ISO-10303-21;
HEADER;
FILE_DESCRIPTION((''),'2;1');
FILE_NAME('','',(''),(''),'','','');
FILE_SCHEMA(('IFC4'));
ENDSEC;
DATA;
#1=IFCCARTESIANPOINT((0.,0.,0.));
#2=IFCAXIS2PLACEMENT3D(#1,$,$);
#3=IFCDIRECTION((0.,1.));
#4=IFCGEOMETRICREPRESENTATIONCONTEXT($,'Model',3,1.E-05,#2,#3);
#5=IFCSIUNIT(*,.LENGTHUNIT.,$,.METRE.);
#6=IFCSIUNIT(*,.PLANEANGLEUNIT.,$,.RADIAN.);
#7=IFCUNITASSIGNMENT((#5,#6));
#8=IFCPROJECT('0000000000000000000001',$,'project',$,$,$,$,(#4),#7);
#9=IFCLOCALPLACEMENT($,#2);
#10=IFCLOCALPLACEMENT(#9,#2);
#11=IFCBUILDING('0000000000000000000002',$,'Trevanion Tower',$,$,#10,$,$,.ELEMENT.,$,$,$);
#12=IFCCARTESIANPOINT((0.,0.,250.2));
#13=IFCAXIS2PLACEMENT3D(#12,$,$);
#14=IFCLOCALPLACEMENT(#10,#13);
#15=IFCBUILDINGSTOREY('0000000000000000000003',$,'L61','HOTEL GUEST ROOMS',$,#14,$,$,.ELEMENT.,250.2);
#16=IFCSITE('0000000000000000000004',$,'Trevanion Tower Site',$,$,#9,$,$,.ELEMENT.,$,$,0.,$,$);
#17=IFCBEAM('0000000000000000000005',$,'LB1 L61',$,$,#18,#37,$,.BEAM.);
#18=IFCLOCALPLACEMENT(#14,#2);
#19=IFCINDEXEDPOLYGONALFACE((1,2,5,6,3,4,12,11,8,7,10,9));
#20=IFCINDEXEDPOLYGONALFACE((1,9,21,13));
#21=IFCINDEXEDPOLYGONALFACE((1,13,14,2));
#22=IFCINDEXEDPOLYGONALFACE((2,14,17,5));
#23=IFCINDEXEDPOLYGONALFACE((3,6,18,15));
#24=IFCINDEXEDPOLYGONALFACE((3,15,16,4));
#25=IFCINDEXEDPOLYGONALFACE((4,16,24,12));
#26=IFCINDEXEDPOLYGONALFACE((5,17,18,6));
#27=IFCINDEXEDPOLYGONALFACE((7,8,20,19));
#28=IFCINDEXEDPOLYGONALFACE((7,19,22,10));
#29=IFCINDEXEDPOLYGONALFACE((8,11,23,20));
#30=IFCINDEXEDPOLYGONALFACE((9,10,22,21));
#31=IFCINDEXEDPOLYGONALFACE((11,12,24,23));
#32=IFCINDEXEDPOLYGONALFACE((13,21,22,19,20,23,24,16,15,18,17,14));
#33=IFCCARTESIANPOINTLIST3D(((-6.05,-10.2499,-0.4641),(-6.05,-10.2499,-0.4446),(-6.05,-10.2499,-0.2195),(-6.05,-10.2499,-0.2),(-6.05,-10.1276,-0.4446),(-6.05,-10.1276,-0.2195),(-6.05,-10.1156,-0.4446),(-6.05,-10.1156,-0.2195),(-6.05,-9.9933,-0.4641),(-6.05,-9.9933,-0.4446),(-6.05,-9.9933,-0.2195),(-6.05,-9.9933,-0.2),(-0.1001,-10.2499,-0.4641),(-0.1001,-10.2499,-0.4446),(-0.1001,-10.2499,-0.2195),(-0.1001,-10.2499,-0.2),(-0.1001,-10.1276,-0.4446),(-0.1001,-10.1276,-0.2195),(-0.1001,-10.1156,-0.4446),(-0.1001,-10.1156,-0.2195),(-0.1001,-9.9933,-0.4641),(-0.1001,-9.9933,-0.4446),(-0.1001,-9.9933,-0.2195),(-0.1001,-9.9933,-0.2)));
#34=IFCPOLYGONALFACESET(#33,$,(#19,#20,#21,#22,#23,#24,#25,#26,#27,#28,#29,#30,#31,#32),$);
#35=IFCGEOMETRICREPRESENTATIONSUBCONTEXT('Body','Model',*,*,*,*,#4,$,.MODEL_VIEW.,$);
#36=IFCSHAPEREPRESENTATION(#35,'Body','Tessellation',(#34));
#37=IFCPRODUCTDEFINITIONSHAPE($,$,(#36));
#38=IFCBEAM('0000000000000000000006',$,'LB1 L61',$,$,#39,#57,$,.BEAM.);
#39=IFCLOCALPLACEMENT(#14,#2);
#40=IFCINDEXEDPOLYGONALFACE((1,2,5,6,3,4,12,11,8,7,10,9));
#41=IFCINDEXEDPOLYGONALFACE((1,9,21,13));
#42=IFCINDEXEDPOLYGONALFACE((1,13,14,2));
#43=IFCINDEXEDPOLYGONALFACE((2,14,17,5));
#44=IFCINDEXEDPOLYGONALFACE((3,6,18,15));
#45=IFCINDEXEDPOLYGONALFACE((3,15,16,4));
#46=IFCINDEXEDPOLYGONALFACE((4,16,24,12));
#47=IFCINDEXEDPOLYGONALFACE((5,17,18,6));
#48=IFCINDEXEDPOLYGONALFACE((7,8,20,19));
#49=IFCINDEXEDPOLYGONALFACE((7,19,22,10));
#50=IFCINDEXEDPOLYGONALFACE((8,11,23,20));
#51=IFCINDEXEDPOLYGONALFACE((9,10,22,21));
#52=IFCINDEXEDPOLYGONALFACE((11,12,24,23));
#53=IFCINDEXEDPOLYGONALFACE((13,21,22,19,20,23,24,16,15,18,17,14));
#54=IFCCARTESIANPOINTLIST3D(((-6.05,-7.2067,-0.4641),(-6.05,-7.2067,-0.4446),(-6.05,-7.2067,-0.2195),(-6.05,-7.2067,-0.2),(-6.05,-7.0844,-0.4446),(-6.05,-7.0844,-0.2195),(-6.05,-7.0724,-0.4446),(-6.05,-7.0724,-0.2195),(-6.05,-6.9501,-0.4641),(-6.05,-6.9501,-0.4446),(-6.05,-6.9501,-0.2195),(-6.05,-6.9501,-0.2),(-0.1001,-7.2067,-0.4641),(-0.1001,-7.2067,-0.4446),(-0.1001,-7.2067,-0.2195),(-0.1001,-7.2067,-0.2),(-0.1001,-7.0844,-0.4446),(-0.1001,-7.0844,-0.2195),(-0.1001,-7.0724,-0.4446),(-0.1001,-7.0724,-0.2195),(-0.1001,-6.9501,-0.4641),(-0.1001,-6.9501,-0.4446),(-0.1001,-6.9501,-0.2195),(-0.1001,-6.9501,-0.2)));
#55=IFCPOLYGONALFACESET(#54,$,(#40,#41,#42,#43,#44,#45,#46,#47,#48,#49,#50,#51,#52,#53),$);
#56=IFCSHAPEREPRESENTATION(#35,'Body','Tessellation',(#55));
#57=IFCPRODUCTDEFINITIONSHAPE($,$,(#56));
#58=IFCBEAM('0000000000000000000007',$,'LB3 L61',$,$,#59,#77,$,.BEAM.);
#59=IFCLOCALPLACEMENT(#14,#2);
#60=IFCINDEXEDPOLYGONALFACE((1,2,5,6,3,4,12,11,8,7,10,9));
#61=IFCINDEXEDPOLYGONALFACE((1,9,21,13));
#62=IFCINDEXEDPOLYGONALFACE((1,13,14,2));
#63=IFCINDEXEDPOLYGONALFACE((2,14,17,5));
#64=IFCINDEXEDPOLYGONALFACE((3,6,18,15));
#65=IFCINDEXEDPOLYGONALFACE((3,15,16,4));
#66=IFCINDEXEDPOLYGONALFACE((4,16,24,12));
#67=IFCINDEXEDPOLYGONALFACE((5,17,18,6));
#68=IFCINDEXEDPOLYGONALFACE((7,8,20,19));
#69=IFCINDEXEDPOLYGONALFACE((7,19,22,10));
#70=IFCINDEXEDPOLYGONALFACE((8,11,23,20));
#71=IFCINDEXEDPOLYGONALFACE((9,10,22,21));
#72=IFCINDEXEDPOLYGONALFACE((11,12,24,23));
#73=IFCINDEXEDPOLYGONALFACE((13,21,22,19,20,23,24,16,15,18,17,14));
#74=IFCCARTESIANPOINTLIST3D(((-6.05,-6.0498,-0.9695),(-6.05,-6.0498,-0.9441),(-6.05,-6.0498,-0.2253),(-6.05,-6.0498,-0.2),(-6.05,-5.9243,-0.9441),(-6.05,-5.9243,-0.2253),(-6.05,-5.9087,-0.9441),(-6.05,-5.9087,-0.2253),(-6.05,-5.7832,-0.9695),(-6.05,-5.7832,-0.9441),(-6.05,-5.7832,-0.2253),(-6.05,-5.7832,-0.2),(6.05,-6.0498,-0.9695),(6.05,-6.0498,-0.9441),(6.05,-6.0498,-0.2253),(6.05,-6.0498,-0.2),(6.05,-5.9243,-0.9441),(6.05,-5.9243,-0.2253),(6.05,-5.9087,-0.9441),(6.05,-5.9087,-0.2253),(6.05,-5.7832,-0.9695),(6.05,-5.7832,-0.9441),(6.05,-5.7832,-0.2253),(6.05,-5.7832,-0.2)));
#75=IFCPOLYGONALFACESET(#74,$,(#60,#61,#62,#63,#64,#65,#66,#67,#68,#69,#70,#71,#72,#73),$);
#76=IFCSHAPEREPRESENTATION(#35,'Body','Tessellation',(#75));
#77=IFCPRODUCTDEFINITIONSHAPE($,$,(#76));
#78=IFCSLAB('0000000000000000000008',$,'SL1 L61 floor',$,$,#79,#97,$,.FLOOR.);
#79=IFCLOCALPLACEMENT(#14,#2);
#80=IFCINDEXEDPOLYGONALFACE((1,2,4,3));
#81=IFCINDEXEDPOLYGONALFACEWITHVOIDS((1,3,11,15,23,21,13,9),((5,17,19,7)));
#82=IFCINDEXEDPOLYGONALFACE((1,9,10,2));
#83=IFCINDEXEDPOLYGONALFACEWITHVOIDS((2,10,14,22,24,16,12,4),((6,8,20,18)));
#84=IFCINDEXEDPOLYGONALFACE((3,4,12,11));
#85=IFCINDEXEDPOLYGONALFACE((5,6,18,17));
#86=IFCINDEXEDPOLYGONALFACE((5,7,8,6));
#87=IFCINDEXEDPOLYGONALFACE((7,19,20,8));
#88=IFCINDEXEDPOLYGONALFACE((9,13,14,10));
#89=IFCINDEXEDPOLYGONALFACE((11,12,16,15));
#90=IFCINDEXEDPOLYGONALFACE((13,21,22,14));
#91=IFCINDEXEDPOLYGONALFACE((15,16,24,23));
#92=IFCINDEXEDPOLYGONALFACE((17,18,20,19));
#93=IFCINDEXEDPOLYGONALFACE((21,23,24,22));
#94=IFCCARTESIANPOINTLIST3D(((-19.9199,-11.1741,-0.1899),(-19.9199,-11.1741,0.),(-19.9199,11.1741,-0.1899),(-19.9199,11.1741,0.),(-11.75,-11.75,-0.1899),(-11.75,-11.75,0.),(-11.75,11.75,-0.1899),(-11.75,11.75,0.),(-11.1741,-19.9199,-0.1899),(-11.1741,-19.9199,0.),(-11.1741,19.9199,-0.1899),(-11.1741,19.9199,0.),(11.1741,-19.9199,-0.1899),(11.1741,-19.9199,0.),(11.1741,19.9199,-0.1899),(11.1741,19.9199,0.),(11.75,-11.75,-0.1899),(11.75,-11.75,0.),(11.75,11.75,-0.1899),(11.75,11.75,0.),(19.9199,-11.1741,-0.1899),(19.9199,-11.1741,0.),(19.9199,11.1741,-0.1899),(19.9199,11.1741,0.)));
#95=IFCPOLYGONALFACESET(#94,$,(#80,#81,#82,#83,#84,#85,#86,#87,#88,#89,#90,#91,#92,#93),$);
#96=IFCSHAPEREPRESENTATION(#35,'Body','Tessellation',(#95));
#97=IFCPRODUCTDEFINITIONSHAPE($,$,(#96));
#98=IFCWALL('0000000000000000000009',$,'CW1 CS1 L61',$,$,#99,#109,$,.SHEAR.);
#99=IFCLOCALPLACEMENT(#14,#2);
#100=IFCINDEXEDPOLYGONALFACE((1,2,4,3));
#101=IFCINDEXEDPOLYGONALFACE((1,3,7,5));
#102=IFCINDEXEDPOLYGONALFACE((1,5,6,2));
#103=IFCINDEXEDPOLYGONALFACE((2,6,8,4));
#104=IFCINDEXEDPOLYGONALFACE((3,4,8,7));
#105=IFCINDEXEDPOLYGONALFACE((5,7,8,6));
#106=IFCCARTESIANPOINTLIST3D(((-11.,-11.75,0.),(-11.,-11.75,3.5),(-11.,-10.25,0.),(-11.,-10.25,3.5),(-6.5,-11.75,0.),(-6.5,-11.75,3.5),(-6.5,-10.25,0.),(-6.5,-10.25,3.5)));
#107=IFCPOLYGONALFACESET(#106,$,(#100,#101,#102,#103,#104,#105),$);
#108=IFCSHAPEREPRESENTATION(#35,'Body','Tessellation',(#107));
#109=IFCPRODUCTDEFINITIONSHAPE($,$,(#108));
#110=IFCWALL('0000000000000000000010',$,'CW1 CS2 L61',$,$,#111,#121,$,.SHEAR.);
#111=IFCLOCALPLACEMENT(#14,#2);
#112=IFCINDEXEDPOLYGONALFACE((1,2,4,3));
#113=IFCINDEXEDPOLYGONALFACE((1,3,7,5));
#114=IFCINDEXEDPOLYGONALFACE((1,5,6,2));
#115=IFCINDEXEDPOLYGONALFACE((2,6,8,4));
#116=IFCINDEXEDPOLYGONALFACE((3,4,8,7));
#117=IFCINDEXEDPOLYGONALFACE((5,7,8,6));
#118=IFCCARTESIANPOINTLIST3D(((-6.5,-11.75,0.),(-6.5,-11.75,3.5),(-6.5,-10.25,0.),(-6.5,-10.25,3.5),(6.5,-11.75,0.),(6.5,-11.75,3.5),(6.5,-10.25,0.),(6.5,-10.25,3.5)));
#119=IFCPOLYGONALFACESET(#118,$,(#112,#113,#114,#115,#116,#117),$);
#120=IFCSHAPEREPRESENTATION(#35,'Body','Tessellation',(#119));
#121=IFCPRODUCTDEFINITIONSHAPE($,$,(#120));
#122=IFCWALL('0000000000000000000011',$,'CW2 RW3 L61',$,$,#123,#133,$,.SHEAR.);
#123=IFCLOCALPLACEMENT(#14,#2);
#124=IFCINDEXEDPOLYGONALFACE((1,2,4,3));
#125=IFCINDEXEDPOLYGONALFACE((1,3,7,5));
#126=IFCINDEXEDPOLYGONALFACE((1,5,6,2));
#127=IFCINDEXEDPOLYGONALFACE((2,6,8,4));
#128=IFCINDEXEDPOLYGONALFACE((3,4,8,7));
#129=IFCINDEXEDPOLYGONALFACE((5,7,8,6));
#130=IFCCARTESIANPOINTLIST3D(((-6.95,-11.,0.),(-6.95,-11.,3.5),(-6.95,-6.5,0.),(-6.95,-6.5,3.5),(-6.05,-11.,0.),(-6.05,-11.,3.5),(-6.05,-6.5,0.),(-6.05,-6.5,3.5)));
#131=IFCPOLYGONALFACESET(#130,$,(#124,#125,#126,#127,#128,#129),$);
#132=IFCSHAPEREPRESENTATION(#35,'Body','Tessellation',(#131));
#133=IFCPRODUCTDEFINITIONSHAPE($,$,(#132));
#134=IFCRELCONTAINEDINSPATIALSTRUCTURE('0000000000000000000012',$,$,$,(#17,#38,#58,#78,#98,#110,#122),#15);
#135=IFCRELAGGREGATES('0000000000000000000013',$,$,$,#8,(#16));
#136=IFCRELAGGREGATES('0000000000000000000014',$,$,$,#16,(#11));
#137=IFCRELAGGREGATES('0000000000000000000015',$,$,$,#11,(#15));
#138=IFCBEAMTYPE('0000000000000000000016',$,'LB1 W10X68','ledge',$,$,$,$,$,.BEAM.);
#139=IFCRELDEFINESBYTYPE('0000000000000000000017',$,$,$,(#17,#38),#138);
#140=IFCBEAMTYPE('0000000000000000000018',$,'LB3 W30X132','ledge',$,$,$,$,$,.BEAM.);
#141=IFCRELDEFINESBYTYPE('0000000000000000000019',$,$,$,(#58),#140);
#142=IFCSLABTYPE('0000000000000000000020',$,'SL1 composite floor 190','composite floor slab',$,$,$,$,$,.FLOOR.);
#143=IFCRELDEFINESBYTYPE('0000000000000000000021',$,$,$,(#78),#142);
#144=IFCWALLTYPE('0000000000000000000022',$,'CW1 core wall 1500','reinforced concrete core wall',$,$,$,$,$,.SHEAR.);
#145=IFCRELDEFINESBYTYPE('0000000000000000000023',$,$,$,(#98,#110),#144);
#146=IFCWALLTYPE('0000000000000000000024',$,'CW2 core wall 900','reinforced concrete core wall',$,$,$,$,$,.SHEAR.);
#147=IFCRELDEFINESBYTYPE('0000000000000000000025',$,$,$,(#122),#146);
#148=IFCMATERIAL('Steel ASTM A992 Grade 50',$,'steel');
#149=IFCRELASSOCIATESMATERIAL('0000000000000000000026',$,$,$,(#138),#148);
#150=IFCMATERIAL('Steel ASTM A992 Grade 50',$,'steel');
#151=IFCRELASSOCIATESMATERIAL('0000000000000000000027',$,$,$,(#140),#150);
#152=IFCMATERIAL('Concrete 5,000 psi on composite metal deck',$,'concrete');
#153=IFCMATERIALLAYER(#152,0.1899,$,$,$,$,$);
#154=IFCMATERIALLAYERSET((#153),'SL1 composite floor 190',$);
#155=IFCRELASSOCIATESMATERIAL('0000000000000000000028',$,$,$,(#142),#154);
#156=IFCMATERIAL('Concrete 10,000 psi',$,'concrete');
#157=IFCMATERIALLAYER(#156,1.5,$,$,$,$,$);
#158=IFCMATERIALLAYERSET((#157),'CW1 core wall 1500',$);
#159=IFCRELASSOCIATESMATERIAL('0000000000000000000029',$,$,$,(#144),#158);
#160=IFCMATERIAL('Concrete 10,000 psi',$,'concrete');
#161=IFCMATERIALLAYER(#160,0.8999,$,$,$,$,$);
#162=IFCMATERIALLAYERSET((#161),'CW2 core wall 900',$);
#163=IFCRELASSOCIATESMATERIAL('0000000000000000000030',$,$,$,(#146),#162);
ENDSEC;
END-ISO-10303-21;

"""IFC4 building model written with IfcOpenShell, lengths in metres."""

from ifc_helpers import new_model, si_unit, direction, frame, frame_2d, origin, origin_2d, place, context, subcontext, project, spatial, polyline, rectangle, i_section, outline, extrude, material, layer, layer_set, material_profile, profile_set, type_object, element, save


model = new_model("IFC4")

# Units and contexts
model_context = context("Model", 3, precision=1e-05, world=origin(), true_north=direction((0.0, 1.0)))
body_context = subcontext(model_context, "Body", "Model", "MODEL_VIEW")
ifc_project = project(units=[si_unit("LENGTHUNIT", "METRE"), si_unit("PLANEANGLEUNIT", "RADIAN")], contexts=[model_context])

# Site, building, storey
site_placement = place(None, origin())
site = spatial("IfcSite", under=ifc_project, at=site_placement, Name="Trevanion Tower Site", CompositionType="ELEMENT", RefElevation=0.0)
building_placement = place(site_placement, origin())
building = spatial("IfcBuilding", under=site, at=building_placement, Name="Trevanion Tower", CompositionType="ELEMENT")
storey_placement = place(building_placement, frame((0.0, 0.0, 250.2)))
storey = spatial("IfcBuildingStorey", under=building, at=storey_placement, Name="L61", Description="HOTEL GUEST ROOMS", CompositionType="ELEMENT", Elevation=250.2)

# Beams
ifc_material_1 = material(Name="Steel ASTM A992 Grade 50", Category="steel")
ifc_material_profile_1 = material_profile(ifc_material_1, i_section(OverallWidth=0.2566, OverallDepth=0.2642, WebThickness=0.012, FlangeThickness=0.0195, at=origin_2d()), Name="W10X68")
ifc_profile_set_1 = profile_set([ifc_material_profile_1], Name="Steel ASTM A992 Grade 50")
beam_type_1 = type_object("IfcBeamType", Name="LB1 W10X68", Description="ledge", PredefinedType="BEAM", material=ifc_profile_set_1)
for number, where, z_axis, x_axis, name in (
    (1, (-6.05, -10.1216, -0.332), (1.0, 0.0, 0.0), (0.0, 1.0, 0.0), "LB1 L61"),
    (2, (-6.05, -7.0784, -0.332), (1.0, 0.0, 0.0), (0.0, 1.0, 0.0), "LB1 L61"),
):
    element("IfcBeam", number, at=place(storey_placement, frame(where, z_axis=z_axis, x_axis=x_axis)), inside=storey, type_object=beam_type_1, Name=name, PredefinedType="BEAM", context=body_context, shape_type="SweptSolid", body=[
        extrude(i_section(OverallWidth=0.2566, OverallDepth=0.2642, WebThickness=0.012, FlangeThickness=0.0195, at=origin_2d()), origin(), (0.0, 0.0, 1.0), 5.95),
    ])
ifc_material_2 = material(Name="Steel ASTM A992 Grade 50", Category="steel")
ifc_material_profile_2 = material_profile(ifc_material_2, i_section(OverallWidth=0.2666, OverallDepth=0.7695, WebThickness=0.0156, FlangeThickness=0.0254, at=origin_2d()), Name="W30X132")
ifc_profile_set_2 = profile_set([ifc_material_profile_2], Name="Steel ASTM A992 Grade 50")
beam_type_2 = type_object("IfcBeamType", Name="LB3 W30X132", Description="ledge", PredefinedType="BEAM", material=ifc_profile_set_2)
beam_1_placement = place(storey_placement, frame((-6.05, -5.9165, -0.5847), z_axis=(1.0, 0.0, 0.0), x_axis=(0.0, 1.0, 0.0)))
element("IfcBeam", 3, at=beam_1_placement, inside=storey, type_object=beam_type_2, Name="LB3 L61", PredefinedType="BEAM", context=body_context, shape_type="SweptSolid", body=[
    extrude(i_section(OverallWidth=0.2666, OverallDepth=0.7695, WebThickness=0.0156, FlangeThickness=0.0254, at=origin_2d()), origin(), (0.0, 0.0, 1.0), 12.1001),
])

# Slab
ifc_material_3 = material(Name="Concrete 5,000 psi on composite metal deck", Category="concrete")
ifc_layer_1 = layer(ifc_material_3, 0.1899)
ifc_layer_set_1 = layer_set([ifc_layer_1], Name="SL1 composite floor 190")
slab_type = type_object("IfcSlabType", Name="SL1 composite floor 190", Description="composite floor slab", PredefinedType="FLOOR", material=ifc_layer_set_1)
slab_placement = place(storey_placement, frame((0.0, 0.0, -0.1899)))
element("IfcSlab", 4, at=slab_placement, inside=storey, type_object=slab_type, Name="SL1 L61 floor", PredefinedType="FLOOR", context=body_context, shape_type="SweptSolid", body=[
    extrude(outline(polyline([(19.9199, -11.1741), (19.9199, 11.1741), (11.1741, 19.9199), (-11.1741, 19.9199), (-19.9199, 11.1741), (-19.9199, -11.1741), (-11.1741, -19.9199), (11.1741, -19.9199), (19.9199, -11.1741)]), holes=[polyline([(11.75, -11.75), (11.75, 11.75), (-11.75, 11.75), (-11.75, -11.75), (11.75, -11.75)])]), origin(), (0.0, 0.0, 1.0), 0.1899),
])

# Walls
ifc_material_4 = material(Name="Concrete 10,000 psi", Category="concrete")
ifc_layer_2 = layer(ifc_material_4, 1.5)
ifc_layer_set_2 = layer_set([ifc_layer_2], Name="CW1 core wall 1500")
wall_type_1 = type_object("IfcWallType", Name="CW1 core wall 1500", Description="reinforced concrete core wall", PredefinedType="SHEAR", material=ifc_layer_set_2)
wall_1_placement = place(storey_placement, frame((-11.0, -11.0, 0.0), z_axis=(0.0, 0.0, 1.0), x_axis=(1.0, 0.0, 0.0)))
element("IfcWall", 5, at=wall_1_placement, inside=storey, type_object=wall_type_1, Name="CW1 CS1 L61", PredefinedType="SHEAR", context=body_context, shape_type="SweptSolid", body=[
    extrude(rectangle(XDim=4.5, YDim=1.5, at=frame_2d((2.25, 0.0))), origin(), (0.0, 0.0, 1.0), 3.5),
])
wall_2_placement = place(storey_placement, frame((-6.5, -11.0, 0.0), z_axis=(0.0, 0.0, 1.0), x_axis=(1.0, 0.0, 0.0)))
element("IfcWall", 6, at=wall_2_placement, inside=storey, type_object=wall_type_1, Name="CW1 CS2 L61", PredefinedType="SHEAR", context=body_context, shape_type="SweptSolid", body=[
    extrude(rectangle(XDim=13.0, YDim=1.5, at=frame_2d((6.5, 0.0))), origin(), (0.0, 0.0, 1.0), 3.5),
])
ifc_material_5 = material(Name="Concrete 10,000 psi", Category="concrete")
ifc_layer_3 = layer(ifc_material_5, 0.8999)
ifc_layer_set_3 = layer_set([ifc_layer_3], Name="CW2 core wall 900")
wall_type_2 = type_object("IfcWallType", Name="CW2 core wall 900", Description="reinforced concrete core wall", PredefinedType="SHEAR", material=ifc_layer_set_3)
wall_3_placement = place(storey_placement, frame((-6.5, -6.5, 0.0), z_axis=(0.0, 0.0, 1.0), x_axis=(0.0, -1.0, 0.0)))
element("IfcWall", 7, at=wall_3_placement, inside=storey, type_object=wall_type_2, Name="CW2 RW3 L61", PredefinedType="SHEAR", context=body_context, shape_type="SweptSolid", body=[
    extrude(rectangle(XDim=4.5, YDim=0.8999, at=frame_2d((2.25, 0.0))), origin(), (0.0, 0.0, 1.0), 3.5),
])

save(model, "model.ifc")
